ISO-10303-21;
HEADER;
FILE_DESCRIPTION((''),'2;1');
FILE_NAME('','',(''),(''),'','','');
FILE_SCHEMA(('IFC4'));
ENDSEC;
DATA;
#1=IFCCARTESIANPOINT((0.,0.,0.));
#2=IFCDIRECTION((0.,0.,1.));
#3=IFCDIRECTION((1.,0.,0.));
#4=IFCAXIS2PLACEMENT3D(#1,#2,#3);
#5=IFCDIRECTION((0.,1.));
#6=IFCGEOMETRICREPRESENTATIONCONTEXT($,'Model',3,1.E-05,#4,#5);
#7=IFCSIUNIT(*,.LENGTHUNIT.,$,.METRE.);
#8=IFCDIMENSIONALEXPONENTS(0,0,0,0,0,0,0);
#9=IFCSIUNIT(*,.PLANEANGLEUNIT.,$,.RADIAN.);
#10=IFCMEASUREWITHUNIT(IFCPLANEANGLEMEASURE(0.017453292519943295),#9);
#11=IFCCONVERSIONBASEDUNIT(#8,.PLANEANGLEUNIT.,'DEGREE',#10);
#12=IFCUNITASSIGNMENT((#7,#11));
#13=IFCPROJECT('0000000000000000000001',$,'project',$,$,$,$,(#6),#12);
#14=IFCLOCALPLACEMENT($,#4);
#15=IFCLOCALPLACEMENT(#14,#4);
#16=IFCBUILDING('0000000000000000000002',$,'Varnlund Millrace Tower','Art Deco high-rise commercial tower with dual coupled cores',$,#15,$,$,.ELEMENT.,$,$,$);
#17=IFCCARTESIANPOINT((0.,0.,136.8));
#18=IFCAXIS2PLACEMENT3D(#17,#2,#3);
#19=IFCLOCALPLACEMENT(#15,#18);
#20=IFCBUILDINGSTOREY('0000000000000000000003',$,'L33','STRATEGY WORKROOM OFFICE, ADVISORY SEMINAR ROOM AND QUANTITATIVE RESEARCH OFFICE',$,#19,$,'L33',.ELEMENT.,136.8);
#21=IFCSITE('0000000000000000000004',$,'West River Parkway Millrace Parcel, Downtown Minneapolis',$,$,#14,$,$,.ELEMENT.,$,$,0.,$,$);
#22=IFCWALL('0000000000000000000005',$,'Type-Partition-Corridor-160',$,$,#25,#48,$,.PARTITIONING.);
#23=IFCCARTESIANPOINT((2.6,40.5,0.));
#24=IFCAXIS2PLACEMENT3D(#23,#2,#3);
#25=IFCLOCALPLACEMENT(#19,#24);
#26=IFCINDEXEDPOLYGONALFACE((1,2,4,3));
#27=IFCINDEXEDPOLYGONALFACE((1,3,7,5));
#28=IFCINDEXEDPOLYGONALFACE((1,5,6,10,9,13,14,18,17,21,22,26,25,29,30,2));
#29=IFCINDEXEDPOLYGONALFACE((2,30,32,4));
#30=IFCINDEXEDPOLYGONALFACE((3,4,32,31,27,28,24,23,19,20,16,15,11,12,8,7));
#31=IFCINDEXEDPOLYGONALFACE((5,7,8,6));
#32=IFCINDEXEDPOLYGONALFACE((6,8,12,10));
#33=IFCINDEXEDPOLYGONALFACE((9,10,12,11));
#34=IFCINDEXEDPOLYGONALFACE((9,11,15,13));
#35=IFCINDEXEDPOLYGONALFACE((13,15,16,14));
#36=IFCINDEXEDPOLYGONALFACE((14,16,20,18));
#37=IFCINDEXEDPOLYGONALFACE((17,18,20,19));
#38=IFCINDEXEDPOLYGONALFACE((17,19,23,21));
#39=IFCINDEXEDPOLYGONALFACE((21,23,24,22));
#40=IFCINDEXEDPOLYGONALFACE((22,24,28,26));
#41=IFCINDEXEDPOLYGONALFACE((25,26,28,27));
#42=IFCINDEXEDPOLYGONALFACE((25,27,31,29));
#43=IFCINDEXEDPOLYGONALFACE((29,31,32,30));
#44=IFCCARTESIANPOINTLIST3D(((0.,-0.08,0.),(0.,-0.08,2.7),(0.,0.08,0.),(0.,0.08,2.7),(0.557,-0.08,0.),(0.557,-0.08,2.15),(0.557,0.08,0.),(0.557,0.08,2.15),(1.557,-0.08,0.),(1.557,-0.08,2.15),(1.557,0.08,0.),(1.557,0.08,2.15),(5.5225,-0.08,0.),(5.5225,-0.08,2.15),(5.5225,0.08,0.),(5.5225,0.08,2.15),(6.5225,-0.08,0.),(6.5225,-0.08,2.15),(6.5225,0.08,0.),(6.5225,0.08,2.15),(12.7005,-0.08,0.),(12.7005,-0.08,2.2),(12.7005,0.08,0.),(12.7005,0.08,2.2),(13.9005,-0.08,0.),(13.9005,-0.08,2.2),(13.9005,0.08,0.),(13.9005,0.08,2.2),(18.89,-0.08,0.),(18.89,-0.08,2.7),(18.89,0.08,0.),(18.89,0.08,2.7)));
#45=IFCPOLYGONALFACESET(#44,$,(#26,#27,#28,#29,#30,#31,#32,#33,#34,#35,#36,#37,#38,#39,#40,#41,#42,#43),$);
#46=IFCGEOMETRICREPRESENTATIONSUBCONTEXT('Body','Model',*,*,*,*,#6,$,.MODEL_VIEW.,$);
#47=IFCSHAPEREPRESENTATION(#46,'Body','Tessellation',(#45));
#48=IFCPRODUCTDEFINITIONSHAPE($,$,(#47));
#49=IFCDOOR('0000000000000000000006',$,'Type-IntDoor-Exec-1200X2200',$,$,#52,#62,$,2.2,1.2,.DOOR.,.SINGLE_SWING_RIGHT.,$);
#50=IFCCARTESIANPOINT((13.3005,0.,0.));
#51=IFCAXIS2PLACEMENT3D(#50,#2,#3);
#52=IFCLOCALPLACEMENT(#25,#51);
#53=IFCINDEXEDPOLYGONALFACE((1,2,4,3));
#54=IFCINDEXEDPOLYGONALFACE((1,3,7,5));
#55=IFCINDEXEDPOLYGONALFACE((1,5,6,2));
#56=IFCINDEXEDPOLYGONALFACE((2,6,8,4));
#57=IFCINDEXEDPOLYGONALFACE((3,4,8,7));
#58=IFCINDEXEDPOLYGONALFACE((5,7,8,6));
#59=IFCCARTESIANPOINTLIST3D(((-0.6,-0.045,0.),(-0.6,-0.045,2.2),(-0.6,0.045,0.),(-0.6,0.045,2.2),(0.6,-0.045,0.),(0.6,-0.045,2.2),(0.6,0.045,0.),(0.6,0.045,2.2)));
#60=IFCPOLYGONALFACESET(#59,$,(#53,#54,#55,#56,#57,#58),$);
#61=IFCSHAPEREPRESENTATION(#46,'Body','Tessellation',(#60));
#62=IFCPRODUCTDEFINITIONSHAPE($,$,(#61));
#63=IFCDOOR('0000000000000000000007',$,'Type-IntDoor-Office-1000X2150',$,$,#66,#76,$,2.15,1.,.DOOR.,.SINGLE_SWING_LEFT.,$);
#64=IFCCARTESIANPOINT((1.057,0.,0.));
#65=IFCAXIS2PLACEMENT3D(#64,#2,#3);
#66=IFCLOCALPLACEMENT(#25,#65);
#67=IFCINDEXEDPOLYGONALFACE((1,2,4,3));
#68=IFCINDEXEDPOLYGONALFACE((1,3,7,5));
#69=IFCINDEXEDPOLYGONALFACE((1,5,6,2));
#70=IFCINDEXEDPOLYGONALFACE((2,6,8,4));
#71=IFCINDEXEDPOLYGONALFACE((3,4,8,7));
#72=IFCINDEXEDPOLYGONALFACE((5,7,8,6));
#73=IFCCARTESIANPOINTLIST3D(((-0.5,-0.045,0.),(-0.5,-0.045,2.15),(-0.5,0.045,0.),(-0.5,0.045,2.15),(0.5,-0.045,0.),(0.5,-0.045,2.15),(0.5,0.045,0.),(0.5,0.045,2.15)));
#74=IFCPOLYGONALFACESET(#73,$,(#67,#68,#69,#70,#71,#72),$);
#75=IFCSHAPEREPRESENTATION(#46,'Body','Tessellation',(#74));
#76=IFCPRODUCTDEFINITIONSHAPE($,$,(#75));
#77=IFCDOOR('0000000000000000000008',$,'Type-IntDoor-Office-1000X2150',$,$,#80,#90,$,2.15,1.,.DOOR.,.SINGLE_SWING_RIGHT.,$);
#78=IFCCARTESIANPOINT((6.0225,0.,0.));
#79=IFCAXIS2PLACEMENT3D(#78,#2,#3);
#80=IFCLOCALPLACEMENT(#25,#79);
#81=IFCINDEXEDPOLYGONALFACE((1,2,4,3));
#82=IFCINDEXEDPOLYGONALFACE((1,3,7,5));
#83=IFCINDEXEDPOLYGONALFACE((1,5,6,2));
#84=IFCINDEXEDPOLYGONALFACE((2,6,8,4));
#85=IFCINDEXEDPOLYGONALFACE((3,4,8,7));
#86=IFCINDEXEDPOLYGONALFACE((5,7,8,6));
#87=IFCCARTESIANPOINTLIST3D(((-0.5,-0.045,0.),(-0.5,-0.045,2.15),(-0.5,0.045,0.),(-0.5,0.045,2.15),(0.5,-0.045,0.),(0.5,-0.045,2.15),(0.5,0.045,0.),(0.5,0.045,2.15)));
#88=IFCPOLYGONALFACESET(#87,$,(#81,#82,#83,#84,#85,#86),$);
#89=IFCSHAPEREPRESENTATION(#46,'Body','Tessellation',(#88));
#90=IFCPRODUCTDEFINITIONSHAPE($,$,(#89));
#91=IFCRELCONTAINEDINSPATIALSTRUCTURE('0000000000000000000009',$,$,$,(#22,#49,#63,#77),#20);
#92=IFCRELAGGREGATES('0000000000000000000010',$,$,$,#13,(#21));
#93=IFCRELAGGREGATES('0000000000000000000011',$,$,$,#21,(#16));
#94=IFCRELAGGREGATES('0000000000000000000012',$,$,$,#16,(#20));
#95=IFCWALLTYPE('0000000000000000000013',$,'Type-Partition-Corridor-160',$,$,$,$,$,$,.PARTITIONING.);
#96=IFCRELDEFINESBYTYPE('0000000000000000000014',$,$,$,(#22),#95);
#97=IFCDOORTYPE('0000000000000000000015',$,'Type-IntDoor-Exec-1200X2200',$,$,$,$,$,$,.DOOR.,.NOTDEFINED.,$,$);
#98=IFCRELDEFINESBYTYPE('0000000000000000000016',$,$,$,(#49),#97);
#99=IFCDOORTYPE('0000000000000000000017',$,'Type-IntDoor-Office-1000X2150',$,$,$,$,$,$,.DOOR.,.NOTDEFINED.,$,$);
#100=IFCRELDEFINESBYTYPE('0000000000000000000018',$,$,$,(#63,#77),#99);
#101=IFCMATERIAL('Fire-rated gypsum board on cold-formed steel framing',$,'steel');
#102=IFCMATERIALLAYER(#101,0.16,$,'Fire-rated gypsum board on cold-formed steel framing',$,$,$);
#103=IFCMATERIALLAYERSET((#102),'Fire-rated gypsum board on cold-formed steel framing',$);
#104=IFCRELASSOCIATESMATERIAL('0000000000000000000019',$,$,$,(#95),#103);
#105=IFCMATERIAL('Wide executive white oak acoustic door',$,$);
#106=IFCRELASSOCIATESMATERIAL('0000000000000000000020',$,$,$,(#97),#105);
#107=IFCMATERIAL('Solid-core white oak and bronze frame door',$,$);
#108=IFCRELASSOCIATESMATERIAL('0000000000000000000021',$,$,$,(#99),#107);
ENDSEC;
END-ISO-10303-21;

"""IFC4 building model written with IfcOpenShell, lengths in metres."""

from ifc_helpers import new_model, entity, si_unit, converted_unit, direction, frame, origin_with_axes, origin_2d_with_axis, place, context, subcontext, project, spatial, polyline, rectangle, outline, extrude, material, layer, layer_set, type_object, element, fill, save


model = new_model("IFC4")

# Units and contexts
model_context = context("Model", 3, precision=1e-05, world=origin_with_axes(), true_north=direction((0.0, 1.0)))
body_context = subcontext(model_context, "Body", "Model", "MODEL_VIEW")
ifc_project = project(units=[si_unit("LENGTHUNIT", "METRE"), converted_unit("PLANEANGLEUNIT", "DEGREE", entity("IfcPlaneAngleMeasure", 0.017453292519943295), si_unit("PLANEANGLEUNIT", "RADIAN"), dimensions=[0, 0, 0, 0, 0, 0, 0])], contexts=[model_context])

# Site, building, storey
site_placement = place(None, origin_with_axes())
site = spatial("IfcSite", under=ifc_project, at=site_placement, Name="West River Parkway Millrace Parcel, Downtown Minneapolis", CompositionType="ELEMENT", RefElevation=0.0)
building_placement = place(site_placement, origin_with_axes())
building = spatial("IfcBuilding", under=site, at=building_placement, Name="Varnlund Millrace Tower", Description="Art Deco high-rise commercial tower with dual coupled cores", CompositionType="ELEMENT")
storey_placement = place(building_placement, frame((0.0, 0.0, 136.8), z_axis=(0.0, 0.0, 1.0), x_axis=(1.0, 0.0, 0.0)))
storey = spatial("IfcBuildingStorey", under=building, at=storey_placement, Name="L33", Description="STRATEGY WORKROOM OFFICE, ADVISORY SEMINAR ROOM AND QUANTITATIVE RESEARCH OFFICE", LongName="L33", CompositionType="ELEMENT", Elevation=136.8)

# Wall, openings, doors
ifc_material_1 = material(Name="Fire-rated gypsum board on cold-formed steel framing", Category="steel")
ifc_layer_1 = layer(ifc_material_1, 0.16, Name="Fire-rated gypsum board on cold-formed steel framing")
ifc_layer_set_1 = layer_set([ifc_layer_1], Name="Fire-rated gypsum board on cold-formed steel framing")
wall_type_1 = type_object("IfcWallType", Name="Type-Partition-Corridor-160", PredefinedType="PARTITIONING", material=ifc_layer_set_1)
wall_1_placement = place(storey_placement, frame((2.6, 40.5, 0.0), z_axis=(0.0, 0.0, 1.0), x_axis=(1.0, 0.0, 0.0)))
wall_1 = element("IfcWall", 1, at=wall_1_placement, inside=storey, type_object=wall_type_1, Name="Type-Partition-Corridor-160", PredefinedType="PARTITIONING", context=body_context, shape_type="SweptSolid", body=[
    extrude(outline(polyline([(0.0, -0.08), (18.89, -0.08), (18.89, 0.08), (0.0, 0.08), (0.0, -0.08)])), origin_with_axes(), (0.0, 0.0, 1.0), 2.7),
])
opening_1_placement = place(wall_1_placement, frame((1.057, 0.0, 0.0), z_axis=(0.0, 0.0, 1.0), x_axis=(1.0, 0.0, 0.0)))
opening_1 = element("IfcOpeningElement", 2, at=opening_1_placement, cuts=wall_1, PredefinedType="OPENING", context=body_context, shape_type="SweptSolid", body=[
    extrude(rectangle(XDim=1.0, YDim=0.18, at=origin_2d_with_axis()), origin_with_axes(), (0.0, 0.0, 1.0), 2.15),
])
opening_2_placement = place(wall_1_placement, frame((6.0225, 0.0, 0.0), z_axis=(0.0, 0.0, 1.0), x_axis=(1.0, 0.0, 0.0)))
opening_2 = element("IfcOpeningElement", 3, at=opening_2_placement, cuts=wall_1, PredefinedType="OPENING", context=body_context, shape_type="SweptSolid", body=[
    extrude(rectangle(XDim=1.0, YDim=0.18, at=origin_2d_with_axis()), origin_with_axes(), (0.0, 0.0, 1.0), 2.15),
])
opening_3_placement = place(wall_1_placement, frame((13.3005, 0.0, 0.0), z_axis=(0.0, 0.0, 1.0), x_axis=(1.0, 0.0, 0.0)))
opening_3 = element("IfcOpeningElement", 4, at=opening_3_placement, cuts=wall_1, PredefinedType="OPENING", context=body_context, shape_type="SweptSolid", body=[
    extrude(rectangle(XDim=1.2, YDim=0.18, at=origin_2d_with_axis()), origin_with_axes(), (0.0, 0.0, 1.0), 2.2),
])
ifc_material_2 = material(Name="Wide executive white oak acoustic door")
door_type_1 = type_object("IfcDoorType", Name="Type-IntDoor-Exec-1200X2200", OperationType="NOTDEFINED", PredefinedType="DOOR", material=ifc_material_2)
door_1_placement = place(wall_1_placement, frame((13.3005, 0.0, 0.0), z_axis=(0.0, 0.0, 1.0), x_axis=(1.0, 0.0, 0.0)))
door_1 = element("IfcDoor", 5, at=door_1_placement, inside=storey, type_object=door_type_1, Name="Type-IntDoor-Exec-1200X2200", OperationType="SINGLE_SWING_RIGHT", OverallHeight=2.2, OverallWidth=1.2, PredefinedType="DOOR", context=body_context, shape_type="SweptSolid", body=[
    extrude(rectangle(XDim=1.2, YDim=0.09, at=origin_2d_with_axis()), origin_with_axes(), (0.0, 0.0, 1.0), 2.2),
])
fill(opening_3, door_1)
ifc_material_3 = material(Name="Solid-core white oak and bronze frame door")
door_type_2 = type_object("IfcDoorType", Name="Type-IntDoor-Office-1000X2150", OperationType="NOTDEFINED", PredefinedType="DOOR", material=ifc_material_3)
door_2_placement = place(wall_1_placement, frame((1.057, 0.0, 0.0), z_axis=(0.0, 0.0, 1.0), x_axis=(1.0, 0.0, 0.0)))
door_2 = element("IfcDoor", 6, at=door_2_placement, inside=storey, type_object=door_type_2, Name="Type-IntDoor-Office-1000X2150", OperationType="SINGLE_SWING_LEFT", OverallHeight=2.15, OverallWidth=1.0, PredefinedType="DOOR", context=body_context, shape_type="SweptSolid", body=[
    extrude(rectangle(XDim=1.0, YDim=0.09, at=origin_2d_with_axis()), origin_with_axes(), (0.0, 0.0, 1.0), 2.15),
])
fill(opening_1, door_2)
door_3_placement = place(wall_1_placement, frame((6.0225, 0.0, 0.0), z_axis=(0.0, 0.0, 1.0), x_axis=(1.0, 0.0, 0.0)))
door_3 = element("IfcDoor", 7, at=door_3_placement, inside=storey, type_object=door_type_2, Name="Type-IntDoor-Office-1000X2150", OperationType="SINGLE_SWING_RIGHT", OverallHeight=2.15, OverallWidth=1.0, PredefinedType="DOOR", context=body_context, shape_type="SweptSolid", body=[
    extrude(rectangle(XDim=1.0, YDim=0.09, at=origin_2d_with_axis()), origin_with_axes(), (0.0, 0.0, 1.0), 2.15),
])
fill(opening_2, door_3)

save(model, "model.ifc")
